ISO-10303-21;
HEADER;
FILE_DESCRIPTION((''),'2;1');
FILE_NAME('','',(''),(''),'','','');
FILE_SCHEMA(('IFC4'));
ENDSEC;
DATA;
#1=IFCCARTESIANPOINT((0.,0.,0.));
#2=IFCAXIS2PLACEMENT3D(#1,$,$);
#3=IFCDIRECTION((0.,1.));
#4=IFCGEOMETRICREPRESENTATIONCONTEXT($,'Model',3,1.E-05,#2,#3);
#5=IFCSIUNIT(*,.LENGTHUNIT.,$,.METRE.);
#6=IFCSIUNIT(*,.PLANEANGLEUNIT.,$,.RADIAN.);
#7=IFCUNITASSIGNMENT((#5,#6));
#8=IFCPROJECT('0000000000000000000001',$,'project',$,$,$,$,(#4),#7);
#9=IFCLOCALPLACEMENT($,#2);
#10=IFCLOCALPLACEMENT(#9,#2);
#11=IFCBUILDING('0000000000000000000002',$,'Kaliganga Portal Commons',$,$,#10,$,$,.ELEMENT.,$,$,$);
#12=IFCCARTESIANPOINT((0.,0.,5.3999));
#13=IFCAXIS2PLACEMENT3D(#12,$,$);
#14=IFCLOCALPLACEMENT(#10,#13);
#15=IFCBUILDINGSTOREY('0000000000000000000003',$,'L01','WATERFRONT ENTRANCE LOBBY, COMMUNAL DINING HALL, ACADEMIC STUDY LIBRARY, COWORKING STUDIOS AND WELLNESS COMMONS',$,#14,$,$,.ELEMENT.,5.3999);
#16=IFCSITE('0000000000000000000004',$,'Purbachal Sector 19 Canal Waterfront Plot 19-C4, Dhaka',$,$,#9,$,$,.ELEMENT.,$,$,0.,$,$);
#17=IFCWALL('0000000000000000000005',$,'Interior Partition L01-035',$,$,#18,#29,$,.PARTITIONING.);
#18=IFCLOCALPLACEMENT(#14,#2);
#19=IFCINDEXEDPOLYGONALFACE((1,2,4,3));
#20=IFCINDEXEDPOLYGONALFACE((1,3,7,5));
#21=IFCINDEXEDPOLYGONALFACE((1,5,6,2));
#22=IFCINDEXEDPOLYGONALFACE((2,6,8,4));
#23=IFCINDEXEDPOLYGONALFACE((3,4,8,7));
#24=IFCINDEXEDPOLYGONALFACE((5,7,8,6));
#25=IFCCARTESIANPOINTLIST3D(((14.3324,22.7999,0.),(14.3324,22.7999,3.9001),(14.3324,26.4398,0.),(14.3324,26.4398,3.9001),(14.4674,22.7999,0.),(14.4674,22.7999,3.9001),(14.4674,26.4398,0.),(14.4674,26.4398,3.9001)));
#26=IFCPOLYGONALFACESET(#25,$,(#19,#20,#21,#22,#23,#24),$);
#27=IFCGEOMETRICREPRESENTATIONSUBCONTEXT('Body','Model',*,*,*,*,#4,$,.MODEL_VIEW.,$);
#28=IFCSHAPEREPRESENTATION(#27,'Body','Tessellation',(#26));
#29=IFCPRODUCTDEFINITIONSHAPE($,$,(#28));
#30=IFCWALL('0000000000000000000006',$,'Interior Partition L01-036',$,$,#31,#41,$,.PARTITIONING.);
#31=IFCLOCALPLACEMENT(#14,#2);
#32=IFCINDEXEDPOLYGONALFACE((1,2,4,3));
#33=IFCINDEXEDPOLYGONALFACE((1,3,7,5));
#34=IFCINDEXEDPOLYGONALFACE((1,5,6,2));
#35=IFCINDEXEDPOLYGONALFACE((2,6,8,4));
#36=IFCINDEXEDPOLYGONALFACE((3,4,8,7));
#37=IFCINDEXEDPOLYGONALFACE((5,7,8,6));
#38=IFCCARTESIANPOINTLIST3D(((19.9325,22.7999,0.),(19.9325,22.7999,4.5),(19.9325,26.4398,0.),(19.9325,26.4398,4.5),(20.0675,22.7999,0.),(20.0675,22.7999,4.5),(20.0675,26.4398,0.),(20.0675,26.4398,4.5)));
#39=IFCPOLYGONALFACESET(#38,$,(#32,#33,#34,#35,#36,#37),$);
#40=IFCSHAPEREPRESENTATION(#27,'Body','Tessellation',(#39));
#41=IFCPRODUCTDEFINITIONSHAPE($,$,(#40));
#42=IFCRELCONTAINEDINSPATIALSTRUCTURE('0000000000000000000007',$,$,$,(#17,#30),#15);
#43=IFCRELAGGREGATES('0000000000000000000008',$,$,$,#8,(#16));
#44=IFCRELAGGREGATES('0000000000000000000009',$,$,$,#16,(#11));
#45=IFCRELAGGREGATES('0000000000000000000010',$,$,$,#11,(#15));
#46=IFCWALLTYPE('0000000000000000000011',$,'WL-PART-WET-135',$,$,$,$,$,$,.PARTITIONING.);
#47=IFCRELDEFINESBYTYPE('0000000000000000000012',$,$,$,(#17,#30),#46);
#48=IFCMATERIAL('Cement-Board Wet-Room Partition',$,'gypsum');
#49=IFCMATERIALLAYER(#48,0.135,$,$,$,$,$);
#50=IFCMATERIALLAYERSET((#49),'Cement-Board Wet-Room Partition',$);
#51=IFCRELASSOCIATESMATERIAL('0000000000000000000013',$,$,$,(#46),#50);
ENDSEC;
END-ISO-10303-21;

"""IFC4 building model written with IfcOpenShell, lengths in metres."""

from ifc_helpers import new_model, si_unit, direction, frame, frame_2d, origin, place, context, subcontext, project, spatial, rectangle, extrude, material, layer, layer_set, type_object, element, save


model = new_model("IFC4")

# Units and contexts
model_context = context("Model", 3, precision=1e-05, world=origin(), true_north=direction((0.0, 1.0)))
body_context = subcontext(model_context, "Body", "Model", "MODEL_VIEW")
ifc_project = project(units=[si_unit("LENGTHUNIT", "METRE"), si_unit("PLANEANGLEUNIT", "RADIAN")], contexts=[model_context])

# Site, building, storey
site_placement = place(None, origin())
site = spatial("IfcSite", under=ifc_project, at=site_placement, Name="Purbachal Sector 19 Canal Waterfront Plot 19-C4, Dhaka", CompositionType="ELEMENT", RefElevation=0.0)
building_placement = place(site_placement, origin())
building = spatial("IfcBuilding", under=site, at=building_placement, Name="Kaliganga Portal Commons", CompositionType="ELEMENT")
storey_placement = place(building_placement, frame((0.0, 0.0, 5.3999)))
storey = spatial("IfcBuildingStorey", under=building, at=storey_placement, Name="L01", Description="WATERFRONT ENTRANCE LOBBY, COMMUNAL DINING HALL, ACADEMIC STUDY LIBRARY, COWORKING STUDIOS AND WELLNESS COMMONS", CompositionType="ELEMENT", Elevation=5.3999)

# Walls
ifc_material_1 = material(Name="Cement-Board Wet-Room Partition", Category="gypsum")
ifc_layer_1 = layer(ifc_material_1, 0.135)
ifc_layer_set_1 = layer_set([ifc_layer_1], Name="Cement-Board Wet-Room Partition")
wall_type_1 = type_object("IfcWallType", Name="WL-PART-WET-135", PredefinedType="PARTITIONING", material=ifc_layer_set_1)
wall_1_placement = place(storey_placement, frame((14.3999, 22.8, 0.0), z_axis=(0.0, 0.0, 1.0), x_axis=(0.0, 1.0, 0.0)))
element("IfcWall", 1, at=wall_1_placement, inside=storey, type_object=wall_type_1, Name="Interior Partition L01-035", PredefinedType="PARTITIONING", context=body_context, shape_type="SweptSolid", body=[
    extrude(rectangle(XDim=3.6399, YDim=0.135, at=frame_2d((1.8198, 0.0))), origin(), (0.0, 0.0, 1.0), 3.9001),
])
wall_2_placement = place(storey_placement, frame((20.0, 22.8, 0.0), z_axis=(0.0, 0.0, 1.0), x_axis=(0.0, 1.0, 0.0)))
element("IfcWall", 2, at=wall_2_placement, inside=storey, type_object=wall_type_1, Name="Interior Partition L01-036", PredefinedType="PARTITIONING", context=body_context, shape_type="SweptSolid", body=[
    extrude(rectangle(XDim=3.6399, YDim=0.135, at=frame_2d((1.8198, 0.0))), origin(), (0.0, 0.0, 1.0), 4.5),
])

save(model, "model.ifc")
